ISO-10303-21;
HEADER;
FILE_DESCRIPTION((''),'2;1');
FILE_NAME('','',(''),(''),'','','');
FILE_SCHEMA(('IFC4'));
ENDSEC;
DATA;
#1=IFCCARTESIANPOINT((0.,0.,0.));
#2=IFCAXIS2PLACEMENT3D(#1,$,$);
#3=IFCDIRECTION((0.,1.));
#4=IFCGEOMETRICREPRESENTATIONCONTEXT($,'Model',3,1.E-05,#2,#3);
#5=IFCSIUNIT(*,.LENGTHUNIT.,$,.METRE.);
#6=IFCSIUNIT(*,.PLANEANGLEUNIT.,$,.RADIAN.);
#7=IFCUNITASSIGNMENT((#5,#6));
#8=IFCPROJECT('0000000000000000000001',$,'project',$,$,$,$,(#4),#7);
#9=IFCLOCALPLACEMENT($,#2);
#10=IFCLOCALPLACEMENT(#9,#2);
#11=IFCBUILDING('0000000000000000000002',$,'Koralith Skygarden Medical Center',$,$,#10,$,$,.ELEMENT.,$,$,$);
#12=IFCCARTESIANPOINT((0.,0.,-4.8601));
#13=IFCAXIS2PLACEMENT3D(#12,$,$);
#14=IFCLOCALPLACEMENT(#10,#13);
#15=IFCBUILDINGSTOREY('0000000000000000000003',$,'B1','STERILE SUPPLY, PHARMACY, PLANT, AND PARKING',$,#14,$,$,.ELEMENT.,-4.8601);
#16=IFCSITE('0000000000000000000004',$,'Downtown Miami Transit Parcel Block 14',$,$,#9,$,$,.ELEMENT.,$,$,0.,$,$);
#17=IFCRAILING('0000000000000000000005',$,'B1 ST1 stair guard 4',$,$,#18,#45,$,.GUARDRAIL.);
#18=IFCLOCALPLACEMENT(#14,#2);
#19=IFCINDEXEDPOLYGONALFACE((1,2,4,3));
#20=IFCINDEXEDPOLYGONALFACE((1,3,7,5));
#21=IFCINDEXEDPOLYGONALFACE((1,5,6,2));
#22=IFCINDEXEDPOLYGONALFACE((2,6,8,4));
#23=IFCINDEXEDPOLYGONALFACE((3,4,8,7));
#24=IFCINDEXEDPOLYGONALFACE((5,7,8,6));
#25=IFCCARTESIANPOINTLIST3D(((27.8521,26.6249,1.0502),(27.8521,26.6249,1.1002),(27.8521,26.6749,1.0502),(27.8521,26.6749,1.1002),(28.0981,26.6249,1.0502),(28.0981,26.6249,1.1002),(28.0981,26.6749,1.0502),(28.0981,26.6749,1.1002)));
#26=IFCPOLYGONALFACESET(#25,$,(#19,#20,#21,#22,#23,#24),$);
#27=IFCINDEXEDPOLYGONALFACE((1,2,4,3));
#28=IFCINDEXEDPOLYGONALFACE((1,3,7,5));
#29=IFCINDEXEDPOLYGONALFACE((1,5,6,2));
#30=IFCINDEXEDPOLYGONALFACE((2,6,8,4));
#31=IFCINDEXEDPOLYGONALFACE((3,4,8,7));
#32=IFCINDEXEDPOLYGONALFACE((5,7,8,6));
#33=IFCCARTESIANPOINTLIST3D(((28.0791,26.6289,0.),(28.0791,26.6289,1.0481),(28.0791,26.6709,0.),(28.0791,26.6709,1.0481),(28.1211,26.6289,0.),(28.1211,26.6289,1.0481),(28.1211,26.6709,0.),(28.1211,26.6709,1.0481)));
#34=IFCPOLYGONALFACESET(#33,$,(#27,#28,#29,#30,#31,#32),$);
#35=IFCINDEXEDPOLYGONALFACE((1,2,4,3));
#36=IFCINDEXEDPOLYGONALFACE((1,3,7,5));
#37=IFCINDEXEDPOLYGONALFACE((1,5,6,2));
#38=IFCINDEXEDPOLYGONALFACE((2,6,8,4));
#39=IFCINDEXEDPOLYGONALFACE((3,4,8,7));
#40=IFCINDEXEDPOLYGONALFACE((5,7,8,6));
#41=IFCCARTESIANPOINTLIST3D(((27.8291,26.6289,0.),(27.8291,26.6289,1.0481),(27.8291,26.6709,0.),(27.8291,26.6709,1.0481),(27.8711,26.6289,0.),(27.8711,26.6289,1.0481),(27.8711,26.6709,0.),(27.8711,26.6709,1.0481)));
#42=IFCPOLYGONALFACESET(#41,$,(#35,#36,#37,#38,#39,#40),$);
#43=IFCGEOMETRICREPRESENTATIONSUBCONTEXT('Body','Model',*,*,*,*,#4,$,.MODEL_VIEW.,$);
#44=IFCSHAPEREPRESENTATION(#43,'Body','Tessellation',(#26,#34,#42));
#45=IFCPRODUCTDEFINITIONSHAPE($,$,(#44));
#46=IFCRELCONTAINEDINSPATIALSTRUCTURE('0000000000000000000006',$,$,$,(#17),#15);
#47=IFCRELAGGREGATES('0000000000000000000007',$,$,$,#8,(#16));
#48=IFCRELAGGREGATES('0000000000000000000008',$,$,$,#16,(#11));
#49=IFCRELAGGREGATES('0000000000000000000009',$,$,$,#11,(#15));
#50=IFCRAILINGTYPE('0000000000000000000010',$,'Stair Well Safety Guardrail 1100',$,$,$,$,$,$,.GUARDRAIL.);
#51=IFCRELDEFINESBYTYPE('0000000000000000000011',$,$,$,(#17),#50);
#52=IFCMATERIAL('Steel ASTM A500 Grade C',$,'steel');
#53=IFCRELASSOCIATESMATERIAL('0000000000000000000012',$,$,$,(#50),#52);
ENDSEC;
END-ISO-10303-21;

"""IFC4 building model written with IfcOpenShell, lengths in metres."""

from ifc_helpers import new_model, si_unit, direction, frame, origin, origin_2d, place, context, subcontext, project, spatial, rectangle, extrude, material, type_object, element, save


model = new_model("IFC4")

# Units and contexts
model_context = context("Model", 3, precision=1e-05, world=origin(), true_north=direction((0.0, 1.0)))
body_context = subcontext(model_context, "Body", "Model", "MODEL_VIEW")
ifc_project = project(units=[si_unit("LENGTHUNIT", "METRE"), si_unit("PLANEANGLEUNIT", "RADIAN")], contexts=[model_context])

# Site, building, storey
site_placement = place(None, origin())
site = spatial("IfcSite", under=ifc_project, at=site_placement, Name="Downtown Miami Transit Parcel Block 14", CompositionType="ELEMENT", RefElevation=0.0)
building_placement = place(site_placement, origin())
building = spatial("IfcBuilding", under=site, at=building_placement, Name="Koralith Skygarden Medical Center", CompositionType="ELEMENT")
storey_placement = place(building_placement, frame((0.0, 0.0, -4.8601)))
storey = spatial("IfcBuildingStorey", under=building, at=storey_placement, Name="B1", Description="STERILE SUPPLY, PHARMACY, PLANT, AND PARKING", CompositionType="ELEMENT", Elevation=-4.8601)

# Shared definitions
ifc_material_1 = material(Name="Steel ASTM A500 Grade C", Category="steel")

# Railing
railing_type_1 = type_object("IfcRailingType", Name="Stair Well Safety Guardrail 1100", PredefinedType="GUARDRAIL", material=ifc_material_1)
railing_1_placement = place(storey_placement, frame((28.1001, 26.6499, 0.0)))
element("IfcRailing", 1, at=railing_1_placement, inside=storey, type_object=railing_type_1, Name="B1 ST1 stair guard 4", PredefinedType="GUARDRAIL", context=body_context, shape_type="SweptSolid", body=[
    extrude(rectangle(XDim=0.05, YDim=0.05, at=origin_2d()), frame((-0.002, 0.0, 1.0752), z_axis=(-1.0, 0.0, 0.0), x_axis=(0.0, -1.0, 0.0)), (0.0, 0.0, 1.0), 0.2461),
    extrude(rectangle(XDim=0.042, YDim=0.042, at=origin_2d()), origin(), (0.0, 0.0, 1.0), 1.0481),
    extrude(rectangle(XDim=0.042, YDim=0.042, at=origin_2d()), frame((-0.25, 0.0, 0.0)), (0.0, 0.0, 1.0), 1.0481),
])

save(model, "model.ifc")
